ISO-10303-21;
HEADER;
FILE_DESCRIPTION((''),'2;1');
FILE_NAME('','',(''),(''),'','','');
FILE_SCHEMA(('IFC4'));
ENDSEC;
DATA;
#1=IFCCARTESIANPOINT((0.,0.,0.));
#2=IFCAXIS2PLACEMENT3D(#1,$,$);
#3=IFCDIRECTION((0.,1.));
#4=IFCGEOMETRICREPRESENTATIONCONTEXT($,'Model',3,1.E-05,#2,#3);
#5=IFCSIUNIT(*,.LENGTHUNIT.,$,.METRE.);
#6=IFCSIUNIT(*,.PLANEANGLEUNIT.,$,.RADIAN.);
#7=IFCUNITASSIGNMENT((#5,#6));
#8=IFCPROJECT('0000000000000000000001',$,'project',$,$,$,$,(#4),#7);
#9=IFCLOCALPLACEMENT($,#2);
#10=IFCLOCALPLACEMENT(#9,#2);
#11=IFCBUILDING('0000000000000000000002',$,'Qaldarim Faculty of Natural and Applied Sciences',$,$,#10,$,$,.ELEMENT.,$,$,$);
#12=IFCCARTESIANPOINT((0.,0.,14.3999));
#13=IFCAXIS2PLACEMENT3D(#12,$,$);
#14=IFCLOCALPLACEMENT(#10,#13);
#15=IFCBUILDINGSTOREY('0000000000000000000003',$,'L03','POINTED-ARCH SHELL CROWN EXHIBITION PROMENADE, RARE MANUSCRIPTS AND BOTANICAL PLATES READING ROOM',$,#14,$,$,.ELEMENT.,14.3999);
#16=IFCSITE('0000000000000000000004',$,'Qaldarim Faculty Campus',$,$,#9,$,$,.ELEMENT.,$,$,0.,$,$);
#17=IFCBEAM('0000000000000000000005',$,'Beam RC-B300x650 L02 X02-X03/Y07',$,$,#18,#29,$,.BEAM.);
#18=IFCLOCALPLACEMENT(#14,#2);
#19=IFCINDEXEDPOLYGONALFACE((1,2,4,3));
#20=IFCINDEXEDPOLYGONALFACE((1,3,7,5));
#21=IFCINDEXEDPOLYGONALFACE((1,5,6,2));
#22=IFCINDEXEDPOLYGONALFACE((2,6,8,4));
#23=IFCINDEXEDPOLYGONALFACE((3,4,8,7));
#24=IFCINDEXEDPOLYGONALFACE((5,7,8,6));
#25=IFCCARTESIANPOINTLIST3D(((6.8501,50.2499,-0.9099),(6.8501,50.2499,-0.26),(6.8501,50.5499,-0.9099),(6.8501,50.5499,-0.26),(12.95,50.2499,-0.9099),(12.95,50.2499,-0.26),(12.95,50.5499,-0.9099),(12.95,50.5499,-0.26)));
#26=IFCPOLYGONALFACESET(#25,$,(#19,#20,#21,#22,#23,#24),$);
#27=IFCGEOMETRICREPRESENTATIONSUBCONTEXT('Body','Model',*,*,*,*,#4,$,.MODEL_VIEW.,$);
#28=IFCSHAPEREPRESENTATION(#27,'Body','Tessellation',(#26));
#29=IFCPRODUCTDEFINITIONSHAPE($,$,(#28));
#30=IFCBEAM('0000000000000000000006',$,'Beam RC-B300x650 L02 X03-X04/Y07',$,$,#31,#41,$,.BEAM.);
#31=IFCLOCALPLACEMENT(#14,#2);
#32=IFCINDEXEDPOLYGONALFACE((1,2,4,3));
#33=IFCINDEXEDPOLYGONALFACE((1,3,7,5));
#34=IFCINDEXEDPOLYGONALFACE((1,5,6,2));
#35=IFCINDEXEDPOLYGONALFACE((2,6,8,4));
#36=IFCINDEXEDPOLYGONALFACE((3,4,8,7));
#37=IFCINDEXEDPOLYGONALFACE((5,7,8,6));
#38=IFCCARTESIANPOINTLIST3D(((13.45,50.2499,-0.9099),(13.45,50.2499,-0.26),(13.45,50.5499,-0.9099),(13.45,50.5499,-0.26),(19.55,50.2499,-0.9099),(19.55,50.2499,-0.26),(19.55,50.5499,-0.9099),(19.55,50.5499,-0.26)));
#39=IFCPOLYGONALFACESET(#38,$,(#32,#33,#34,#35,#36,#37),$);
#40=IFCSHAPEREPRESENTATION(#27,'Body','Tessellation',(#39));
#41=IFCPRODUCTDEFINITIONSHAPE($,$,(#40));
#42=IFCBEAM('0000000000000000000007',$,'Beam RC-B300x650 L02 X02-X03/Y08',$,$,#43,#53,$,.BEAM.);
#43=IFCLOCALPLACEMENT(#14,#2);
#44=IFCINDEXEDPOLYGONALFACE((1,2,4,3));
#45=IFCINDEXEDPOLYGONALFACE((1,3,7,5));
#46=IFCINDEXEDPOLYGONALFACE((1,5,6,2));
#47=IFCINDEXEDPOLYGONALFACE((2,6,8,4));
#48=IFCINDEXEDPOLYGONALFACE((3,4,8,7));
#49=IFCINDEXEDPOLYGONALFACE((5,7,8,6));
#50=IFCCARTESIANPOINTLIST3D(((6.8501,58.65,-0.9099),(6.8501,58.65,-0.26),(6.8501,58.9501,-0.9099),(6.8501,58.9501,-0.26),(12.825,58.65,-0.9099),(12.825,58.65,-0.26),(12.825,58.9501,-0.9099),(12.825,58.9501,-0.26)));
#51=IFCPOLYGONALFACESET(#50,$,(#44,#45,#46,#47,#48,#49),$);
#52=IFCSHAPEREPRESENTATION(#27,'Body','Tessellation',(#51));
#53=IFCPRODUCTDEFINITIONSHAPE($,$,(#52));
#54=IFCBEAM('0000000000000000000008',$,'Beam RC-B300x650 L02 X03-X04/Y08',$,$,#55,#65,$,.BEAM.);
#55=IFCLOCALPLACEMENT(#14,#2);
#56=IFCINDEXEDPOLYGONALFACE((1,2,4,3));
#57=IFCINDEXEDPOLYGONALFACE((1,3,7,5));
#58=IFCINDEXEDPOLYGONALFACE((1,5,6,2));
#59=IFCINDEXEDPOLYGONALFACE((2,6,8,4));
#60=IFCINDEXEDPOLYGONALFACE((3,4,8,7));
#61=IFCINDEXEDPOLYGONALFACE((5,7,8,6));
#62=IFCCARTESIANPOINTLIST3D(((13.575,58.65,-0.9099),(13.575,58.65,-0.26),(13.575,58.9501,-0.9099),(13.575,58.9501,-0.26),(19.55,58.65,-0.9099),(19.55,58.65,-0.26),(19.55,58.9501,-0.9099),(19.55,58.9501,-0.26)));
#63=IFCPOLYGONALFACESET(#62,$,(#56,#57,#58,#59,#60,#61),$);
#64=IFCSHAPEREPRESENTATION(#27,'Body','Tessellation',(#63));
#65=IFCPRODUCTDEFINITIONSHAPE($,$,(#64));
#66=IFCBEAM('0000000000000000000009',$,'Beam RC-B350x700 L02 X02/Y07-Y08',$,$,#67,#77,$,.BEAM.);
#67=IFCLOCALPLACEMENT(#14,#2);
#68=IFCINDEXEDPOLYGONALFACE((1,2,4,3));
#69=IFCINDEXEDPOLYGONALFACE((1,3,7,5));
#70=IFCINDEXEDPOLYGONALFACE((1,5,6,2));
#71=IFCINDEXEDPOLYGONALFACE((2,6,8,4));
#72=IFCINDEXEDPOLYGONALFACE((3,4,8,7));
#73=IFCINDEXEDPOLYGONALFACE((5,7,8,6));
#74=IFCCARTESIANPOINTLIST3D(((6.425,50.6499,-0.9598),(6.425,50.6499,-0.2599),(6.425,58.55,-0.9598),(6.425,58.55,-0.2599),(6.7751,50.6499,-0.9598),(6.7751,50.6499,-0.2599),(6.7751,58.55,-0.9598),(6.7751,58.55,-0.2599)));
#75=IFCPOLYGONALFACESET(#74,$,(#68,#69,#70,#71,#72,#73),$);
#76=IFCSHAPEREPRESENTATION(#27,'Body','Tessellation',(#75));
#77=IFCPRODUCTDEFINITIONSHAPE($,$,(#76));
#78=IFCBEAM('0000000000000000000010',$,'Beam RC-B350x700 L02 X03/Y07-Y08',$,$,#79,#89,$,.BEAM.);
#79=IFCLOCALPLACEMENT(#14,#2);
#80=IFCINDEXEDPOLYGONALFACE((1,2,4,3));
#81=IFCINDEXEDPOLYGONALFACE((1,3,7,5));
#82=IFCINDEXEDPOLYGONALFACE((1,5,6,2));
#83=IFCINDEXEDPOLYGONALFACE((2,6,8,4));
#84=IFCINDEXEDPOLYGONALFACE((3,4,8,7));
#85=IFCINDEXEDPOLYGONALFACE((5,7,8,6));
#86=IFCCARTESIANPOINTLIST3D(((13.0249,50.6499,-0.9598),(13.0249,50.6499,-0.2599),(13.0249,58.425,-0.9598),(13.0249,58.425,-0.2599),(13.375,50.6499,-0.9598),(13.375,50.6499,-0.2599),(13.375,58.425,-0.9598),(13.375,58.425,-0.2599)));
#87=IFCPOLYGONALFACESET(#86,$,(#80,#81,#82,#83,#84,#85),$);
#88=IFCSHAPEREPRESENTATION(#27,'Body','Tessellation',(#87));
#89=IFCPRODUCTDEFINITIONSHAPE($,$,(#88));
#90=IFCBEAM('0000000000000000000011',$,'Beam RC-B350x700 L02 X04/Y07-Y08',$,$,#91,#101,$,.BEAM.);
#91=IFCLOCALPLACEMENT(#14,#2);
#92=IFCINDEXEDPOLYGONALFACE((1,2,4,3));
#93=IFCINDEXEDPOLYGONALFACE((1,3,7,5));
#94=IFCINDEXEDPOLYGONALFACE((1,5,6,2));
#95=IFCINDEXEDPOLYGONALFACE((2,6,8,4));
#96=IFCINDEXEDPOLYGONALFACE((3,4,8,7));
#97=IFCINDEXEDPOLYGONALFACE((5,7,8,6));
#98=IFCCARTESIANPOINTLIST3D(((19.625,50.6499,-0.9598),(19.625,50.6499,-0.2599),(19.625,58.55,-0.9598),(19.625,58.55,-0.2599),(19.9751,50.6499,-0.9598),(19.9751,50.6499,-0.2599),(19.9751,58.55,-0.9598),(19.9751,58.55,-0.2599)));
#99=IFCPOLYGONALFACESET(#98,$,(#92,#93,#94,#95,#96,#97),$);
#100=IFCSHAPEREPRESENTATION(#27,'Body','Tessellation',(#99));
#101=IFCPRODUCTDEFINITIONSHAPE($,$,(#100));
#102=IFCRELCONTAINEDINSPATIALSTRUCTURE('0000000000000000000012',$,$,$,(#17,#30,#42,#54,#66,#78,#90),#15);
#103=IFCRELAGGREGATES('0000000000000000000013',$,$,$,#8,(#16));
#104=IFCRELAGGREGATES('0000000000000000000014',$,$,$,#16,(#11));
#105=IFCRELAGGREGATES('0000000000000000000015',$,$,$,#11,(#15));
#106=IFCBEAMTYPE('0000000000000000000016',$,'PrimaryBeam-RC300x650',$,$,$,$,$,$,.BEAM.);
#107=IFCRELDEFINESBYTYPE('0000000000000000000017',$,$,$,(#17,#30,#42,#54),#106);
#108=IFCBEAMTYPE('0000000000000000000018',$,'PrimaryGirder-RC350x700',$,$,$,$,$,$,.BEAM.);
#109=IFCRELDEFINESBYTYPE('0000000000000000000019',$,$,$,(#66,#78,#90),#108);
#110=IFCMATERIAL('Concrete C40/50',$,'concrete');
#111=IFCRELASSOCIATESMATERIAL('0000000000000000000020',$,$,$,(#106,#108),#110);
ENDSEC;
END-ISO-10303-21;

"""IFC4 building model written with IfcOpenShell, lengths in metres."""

from ifc_helpers import new_model, si_unit, direction, frame, origin, origin_2d, place, context, subcontext, project, spatial, rectangle, extrude, material, material_profile, profile_set, type_object, element, save


model = new_model("IFC4")

# Units and contexts
model_context = context("Model", 3, precision=1e-05, world=origin(), true_north=direction((0.0, 1.0)))
body_context = subcontext(model_context, "Body", "Model", "MODEL_VIEW")
ifc_project = project(units=[si_unit("LENGTHUNIT", "METRE"), si_unit("PLANEANGLEUNIT", "RADIAN")], contexts=[model_context])

# Site, building, storey
site_placement = place(None, origin())
site = spatial("IfcSite", under=ifc_project, at=site_placement, Name="Qaldarim Faculty Campus", CompositionType="ELEMENT", RefElevation=0.0)
building_placement = place(site_placement, origin())
building = spatial("IfcBuilding", under=site, at=building_placement, Name="Qaldarim Faculty of Natural and Applied Sciences", CompositionType="ELEMENT")
storey_placement = place(building_placement, frame((0.0, 0.0, 14.3999)))
storey = spatial("IfcBuildingStorey", under=building, at=storey_placement, Name="L03", Description="POINTED-ARCH SHELL CROWN EXHIBITION PROMENADE, RARE MANUSCRIPTS AND BOTANICAL PLATES READING ROOM", CompositionType="ELEMENT", Elevation=14.3999)

# Shared definitions
ifc_material_1 = material(Name="Concrete C40/50", Category="concrete")

# Beams
ifc_material_profile_1 = material_profile(ifc_material_1, rectangle(XDim=0.3, YDim=0.6499, at=origin_2d()), Name="RC-B300x650")
ifc_profile_set_1 = profile_set([ifc_material_profile_1], Name="Concrete C40/50")
beam_type_1 = type_object("IfcBeamType", Name="PrimaryBeam-RC300x650", PredefinedType="BEAM", material=ifc_profile_set_1)
beam_1_placement = place(storey_placement, frame((6.8501, 50.3999, -0.585), z_axis=(1.0, 0.0, 0.0), x_axis=(0.0, 1.0, 0.0)))
element("IfcBeam", 1, at=beam_1_placement, inside=storey, type_object=beam_type_1, Name="Beam RC-B300x650 L02 X02-X03/Y07", PredefinedType="BEAM", context=body_context, shape_type="SweptSolid", body=[
    extrude(rectangle(XDim=0.3, YDim=0.6499, at=origin_2d()), origin(), (0.0, 0.0, 1.0), 6.0999),
])
beam_2_placement = place(storey_placement, frame((13.45, 50.3999, -0.585), z_axis=(1.0, 0.0, 0.0), x_axis=(0.0, 1.0, 0.0)))
element("IfcBeam", 2, at=beam_2_placement, inside=storey, type_object=beam_type_1, Name="Beam RC-B300x650 L02 X03-X04/Y07", PredefinedType="BEAM", context=body_context, shape_type="SweptSolid", body=[
    extrude(rectangle(XDim=0.3, YDim=0.6499, at=origin_2d()), origin(), (0.0, 0.0, 1.0), 6.1001),
])
beam_3_placement = place(storey_placement, frame((6.8501, 58.8, -0.585), z_axis=(1.0, 0.0, 0.0), x_axis=(0.0, 1.0, 0.0)))
element("IfcBeam", 3, at=beam_3_placement, inside=storey, type_object=beam_type_1, Name="Beam RC-B300x650 L02 X02-X03/Y08", PredefinedType="BEAM", context=body_context, shape_type="SweptSolid", body=[
    extrude(rectangle(XDim=0.3, YDim=0.6499, at=origin_2d()), origin(), (0.0, 0.0, 1.0), 5.9749),
])
beam_4_placement = place(storey_placement, frame((13.575, 58.8, -0.585), z_axis=(1.0, 0.0, 0.0), x_axis=(0.0, 1.0, 0.0)))
element("IfcBeam", 4, at=beam_4_placement, inside=storey, type_object=beam_type_1, Name="Beam RC-B300x650 L02 X03-X04/Y08", PredefinedType="BEAM", context=body_context, shape_type="SweptSolid", body=[
    extrude(rectangle(XDim=0.3, YDim=0.6499, at=origin_2d()), origin(), (0.0, 0.0, 1.0), 5.9751),
])
ifc_material_profile_2 = material_profile(ifc_material_1, rectangle(XDim=0.3501, YDim=0.7, at=origin_2d()), Name="RC-B350x700")
ifc_profile_set_2 = profile_set([ifc_material_profile_2], Name="Concrete C40/50")
beam_type_2 = type_object("IfcBeamType", Name="PrimaryGirder-RC350x700", PredefinedType="BEAM", material=ifc_profile_set_2)
beam_5_placement = place(storey_placement, frame((6.6001, 50.6499, -0.6099), z_axis=(0.0, 1.0, 0.0), x_axis=(-1.0, 0.0, 0.0)))
element("IfcBeam", 5, at=beam_5_placement, inside=storey, type_object=beam_type_2, Name="Beam RC-B350x700 L02 X02/Y07-Y08", PredefinedType="BEAM", context=body_context, shape_type="SweptSolid", body=[
    extrude(rectangle(XDim=0.3501, YDim=0.7, at=origin_2d()), origin(), (0.0, 0.0, 1.0), 7.9001),
])
beam_6_placement = place(storey_placement, frame((13.2, 50.6499, -0.6099), z_axis=(0.0, 1.0, 0.0), x_axis=(-1.0, 0.0, 0.0)))
element("IfcBeam", 6, at=beam_6_placement, inside=storey, type_object=beam_type_2, Name="Beam RC-B350x700 L02 X03/Y07-Y08", PredefinedType="BEAM", context=body_context, shape_type="SweptSolid", body=[
    extrude(rectangle(XDim=0.3501, YDim=0.7, at=origin_2d()), origin(), (0.0, 0.0, 1.0), 7.7751),
])
beam_7_placement = place(storey_placement, frame((19.8, 50.6499, -0.6099), z_axis=(0.0, 1.0, 0.0), x_axis=(-1.0, 0.0, 0.0)))
element("IfcBeam", 7, at=beam_7_placement, inside=storey, type_object=beam_type_2, Name="Beam RC-B350x700 L02 X04/Y07-Y08", PredefinedType="BEAM", context=body_context, shape_type="SweptSolid", body=[
    extrude(rectangle(XDim=0.3501, YDim=0.7, at=origin_2d()), origin(), (0.0, 0.0, 1.0), 7.9001),
])

save(model, "model.ifc")
